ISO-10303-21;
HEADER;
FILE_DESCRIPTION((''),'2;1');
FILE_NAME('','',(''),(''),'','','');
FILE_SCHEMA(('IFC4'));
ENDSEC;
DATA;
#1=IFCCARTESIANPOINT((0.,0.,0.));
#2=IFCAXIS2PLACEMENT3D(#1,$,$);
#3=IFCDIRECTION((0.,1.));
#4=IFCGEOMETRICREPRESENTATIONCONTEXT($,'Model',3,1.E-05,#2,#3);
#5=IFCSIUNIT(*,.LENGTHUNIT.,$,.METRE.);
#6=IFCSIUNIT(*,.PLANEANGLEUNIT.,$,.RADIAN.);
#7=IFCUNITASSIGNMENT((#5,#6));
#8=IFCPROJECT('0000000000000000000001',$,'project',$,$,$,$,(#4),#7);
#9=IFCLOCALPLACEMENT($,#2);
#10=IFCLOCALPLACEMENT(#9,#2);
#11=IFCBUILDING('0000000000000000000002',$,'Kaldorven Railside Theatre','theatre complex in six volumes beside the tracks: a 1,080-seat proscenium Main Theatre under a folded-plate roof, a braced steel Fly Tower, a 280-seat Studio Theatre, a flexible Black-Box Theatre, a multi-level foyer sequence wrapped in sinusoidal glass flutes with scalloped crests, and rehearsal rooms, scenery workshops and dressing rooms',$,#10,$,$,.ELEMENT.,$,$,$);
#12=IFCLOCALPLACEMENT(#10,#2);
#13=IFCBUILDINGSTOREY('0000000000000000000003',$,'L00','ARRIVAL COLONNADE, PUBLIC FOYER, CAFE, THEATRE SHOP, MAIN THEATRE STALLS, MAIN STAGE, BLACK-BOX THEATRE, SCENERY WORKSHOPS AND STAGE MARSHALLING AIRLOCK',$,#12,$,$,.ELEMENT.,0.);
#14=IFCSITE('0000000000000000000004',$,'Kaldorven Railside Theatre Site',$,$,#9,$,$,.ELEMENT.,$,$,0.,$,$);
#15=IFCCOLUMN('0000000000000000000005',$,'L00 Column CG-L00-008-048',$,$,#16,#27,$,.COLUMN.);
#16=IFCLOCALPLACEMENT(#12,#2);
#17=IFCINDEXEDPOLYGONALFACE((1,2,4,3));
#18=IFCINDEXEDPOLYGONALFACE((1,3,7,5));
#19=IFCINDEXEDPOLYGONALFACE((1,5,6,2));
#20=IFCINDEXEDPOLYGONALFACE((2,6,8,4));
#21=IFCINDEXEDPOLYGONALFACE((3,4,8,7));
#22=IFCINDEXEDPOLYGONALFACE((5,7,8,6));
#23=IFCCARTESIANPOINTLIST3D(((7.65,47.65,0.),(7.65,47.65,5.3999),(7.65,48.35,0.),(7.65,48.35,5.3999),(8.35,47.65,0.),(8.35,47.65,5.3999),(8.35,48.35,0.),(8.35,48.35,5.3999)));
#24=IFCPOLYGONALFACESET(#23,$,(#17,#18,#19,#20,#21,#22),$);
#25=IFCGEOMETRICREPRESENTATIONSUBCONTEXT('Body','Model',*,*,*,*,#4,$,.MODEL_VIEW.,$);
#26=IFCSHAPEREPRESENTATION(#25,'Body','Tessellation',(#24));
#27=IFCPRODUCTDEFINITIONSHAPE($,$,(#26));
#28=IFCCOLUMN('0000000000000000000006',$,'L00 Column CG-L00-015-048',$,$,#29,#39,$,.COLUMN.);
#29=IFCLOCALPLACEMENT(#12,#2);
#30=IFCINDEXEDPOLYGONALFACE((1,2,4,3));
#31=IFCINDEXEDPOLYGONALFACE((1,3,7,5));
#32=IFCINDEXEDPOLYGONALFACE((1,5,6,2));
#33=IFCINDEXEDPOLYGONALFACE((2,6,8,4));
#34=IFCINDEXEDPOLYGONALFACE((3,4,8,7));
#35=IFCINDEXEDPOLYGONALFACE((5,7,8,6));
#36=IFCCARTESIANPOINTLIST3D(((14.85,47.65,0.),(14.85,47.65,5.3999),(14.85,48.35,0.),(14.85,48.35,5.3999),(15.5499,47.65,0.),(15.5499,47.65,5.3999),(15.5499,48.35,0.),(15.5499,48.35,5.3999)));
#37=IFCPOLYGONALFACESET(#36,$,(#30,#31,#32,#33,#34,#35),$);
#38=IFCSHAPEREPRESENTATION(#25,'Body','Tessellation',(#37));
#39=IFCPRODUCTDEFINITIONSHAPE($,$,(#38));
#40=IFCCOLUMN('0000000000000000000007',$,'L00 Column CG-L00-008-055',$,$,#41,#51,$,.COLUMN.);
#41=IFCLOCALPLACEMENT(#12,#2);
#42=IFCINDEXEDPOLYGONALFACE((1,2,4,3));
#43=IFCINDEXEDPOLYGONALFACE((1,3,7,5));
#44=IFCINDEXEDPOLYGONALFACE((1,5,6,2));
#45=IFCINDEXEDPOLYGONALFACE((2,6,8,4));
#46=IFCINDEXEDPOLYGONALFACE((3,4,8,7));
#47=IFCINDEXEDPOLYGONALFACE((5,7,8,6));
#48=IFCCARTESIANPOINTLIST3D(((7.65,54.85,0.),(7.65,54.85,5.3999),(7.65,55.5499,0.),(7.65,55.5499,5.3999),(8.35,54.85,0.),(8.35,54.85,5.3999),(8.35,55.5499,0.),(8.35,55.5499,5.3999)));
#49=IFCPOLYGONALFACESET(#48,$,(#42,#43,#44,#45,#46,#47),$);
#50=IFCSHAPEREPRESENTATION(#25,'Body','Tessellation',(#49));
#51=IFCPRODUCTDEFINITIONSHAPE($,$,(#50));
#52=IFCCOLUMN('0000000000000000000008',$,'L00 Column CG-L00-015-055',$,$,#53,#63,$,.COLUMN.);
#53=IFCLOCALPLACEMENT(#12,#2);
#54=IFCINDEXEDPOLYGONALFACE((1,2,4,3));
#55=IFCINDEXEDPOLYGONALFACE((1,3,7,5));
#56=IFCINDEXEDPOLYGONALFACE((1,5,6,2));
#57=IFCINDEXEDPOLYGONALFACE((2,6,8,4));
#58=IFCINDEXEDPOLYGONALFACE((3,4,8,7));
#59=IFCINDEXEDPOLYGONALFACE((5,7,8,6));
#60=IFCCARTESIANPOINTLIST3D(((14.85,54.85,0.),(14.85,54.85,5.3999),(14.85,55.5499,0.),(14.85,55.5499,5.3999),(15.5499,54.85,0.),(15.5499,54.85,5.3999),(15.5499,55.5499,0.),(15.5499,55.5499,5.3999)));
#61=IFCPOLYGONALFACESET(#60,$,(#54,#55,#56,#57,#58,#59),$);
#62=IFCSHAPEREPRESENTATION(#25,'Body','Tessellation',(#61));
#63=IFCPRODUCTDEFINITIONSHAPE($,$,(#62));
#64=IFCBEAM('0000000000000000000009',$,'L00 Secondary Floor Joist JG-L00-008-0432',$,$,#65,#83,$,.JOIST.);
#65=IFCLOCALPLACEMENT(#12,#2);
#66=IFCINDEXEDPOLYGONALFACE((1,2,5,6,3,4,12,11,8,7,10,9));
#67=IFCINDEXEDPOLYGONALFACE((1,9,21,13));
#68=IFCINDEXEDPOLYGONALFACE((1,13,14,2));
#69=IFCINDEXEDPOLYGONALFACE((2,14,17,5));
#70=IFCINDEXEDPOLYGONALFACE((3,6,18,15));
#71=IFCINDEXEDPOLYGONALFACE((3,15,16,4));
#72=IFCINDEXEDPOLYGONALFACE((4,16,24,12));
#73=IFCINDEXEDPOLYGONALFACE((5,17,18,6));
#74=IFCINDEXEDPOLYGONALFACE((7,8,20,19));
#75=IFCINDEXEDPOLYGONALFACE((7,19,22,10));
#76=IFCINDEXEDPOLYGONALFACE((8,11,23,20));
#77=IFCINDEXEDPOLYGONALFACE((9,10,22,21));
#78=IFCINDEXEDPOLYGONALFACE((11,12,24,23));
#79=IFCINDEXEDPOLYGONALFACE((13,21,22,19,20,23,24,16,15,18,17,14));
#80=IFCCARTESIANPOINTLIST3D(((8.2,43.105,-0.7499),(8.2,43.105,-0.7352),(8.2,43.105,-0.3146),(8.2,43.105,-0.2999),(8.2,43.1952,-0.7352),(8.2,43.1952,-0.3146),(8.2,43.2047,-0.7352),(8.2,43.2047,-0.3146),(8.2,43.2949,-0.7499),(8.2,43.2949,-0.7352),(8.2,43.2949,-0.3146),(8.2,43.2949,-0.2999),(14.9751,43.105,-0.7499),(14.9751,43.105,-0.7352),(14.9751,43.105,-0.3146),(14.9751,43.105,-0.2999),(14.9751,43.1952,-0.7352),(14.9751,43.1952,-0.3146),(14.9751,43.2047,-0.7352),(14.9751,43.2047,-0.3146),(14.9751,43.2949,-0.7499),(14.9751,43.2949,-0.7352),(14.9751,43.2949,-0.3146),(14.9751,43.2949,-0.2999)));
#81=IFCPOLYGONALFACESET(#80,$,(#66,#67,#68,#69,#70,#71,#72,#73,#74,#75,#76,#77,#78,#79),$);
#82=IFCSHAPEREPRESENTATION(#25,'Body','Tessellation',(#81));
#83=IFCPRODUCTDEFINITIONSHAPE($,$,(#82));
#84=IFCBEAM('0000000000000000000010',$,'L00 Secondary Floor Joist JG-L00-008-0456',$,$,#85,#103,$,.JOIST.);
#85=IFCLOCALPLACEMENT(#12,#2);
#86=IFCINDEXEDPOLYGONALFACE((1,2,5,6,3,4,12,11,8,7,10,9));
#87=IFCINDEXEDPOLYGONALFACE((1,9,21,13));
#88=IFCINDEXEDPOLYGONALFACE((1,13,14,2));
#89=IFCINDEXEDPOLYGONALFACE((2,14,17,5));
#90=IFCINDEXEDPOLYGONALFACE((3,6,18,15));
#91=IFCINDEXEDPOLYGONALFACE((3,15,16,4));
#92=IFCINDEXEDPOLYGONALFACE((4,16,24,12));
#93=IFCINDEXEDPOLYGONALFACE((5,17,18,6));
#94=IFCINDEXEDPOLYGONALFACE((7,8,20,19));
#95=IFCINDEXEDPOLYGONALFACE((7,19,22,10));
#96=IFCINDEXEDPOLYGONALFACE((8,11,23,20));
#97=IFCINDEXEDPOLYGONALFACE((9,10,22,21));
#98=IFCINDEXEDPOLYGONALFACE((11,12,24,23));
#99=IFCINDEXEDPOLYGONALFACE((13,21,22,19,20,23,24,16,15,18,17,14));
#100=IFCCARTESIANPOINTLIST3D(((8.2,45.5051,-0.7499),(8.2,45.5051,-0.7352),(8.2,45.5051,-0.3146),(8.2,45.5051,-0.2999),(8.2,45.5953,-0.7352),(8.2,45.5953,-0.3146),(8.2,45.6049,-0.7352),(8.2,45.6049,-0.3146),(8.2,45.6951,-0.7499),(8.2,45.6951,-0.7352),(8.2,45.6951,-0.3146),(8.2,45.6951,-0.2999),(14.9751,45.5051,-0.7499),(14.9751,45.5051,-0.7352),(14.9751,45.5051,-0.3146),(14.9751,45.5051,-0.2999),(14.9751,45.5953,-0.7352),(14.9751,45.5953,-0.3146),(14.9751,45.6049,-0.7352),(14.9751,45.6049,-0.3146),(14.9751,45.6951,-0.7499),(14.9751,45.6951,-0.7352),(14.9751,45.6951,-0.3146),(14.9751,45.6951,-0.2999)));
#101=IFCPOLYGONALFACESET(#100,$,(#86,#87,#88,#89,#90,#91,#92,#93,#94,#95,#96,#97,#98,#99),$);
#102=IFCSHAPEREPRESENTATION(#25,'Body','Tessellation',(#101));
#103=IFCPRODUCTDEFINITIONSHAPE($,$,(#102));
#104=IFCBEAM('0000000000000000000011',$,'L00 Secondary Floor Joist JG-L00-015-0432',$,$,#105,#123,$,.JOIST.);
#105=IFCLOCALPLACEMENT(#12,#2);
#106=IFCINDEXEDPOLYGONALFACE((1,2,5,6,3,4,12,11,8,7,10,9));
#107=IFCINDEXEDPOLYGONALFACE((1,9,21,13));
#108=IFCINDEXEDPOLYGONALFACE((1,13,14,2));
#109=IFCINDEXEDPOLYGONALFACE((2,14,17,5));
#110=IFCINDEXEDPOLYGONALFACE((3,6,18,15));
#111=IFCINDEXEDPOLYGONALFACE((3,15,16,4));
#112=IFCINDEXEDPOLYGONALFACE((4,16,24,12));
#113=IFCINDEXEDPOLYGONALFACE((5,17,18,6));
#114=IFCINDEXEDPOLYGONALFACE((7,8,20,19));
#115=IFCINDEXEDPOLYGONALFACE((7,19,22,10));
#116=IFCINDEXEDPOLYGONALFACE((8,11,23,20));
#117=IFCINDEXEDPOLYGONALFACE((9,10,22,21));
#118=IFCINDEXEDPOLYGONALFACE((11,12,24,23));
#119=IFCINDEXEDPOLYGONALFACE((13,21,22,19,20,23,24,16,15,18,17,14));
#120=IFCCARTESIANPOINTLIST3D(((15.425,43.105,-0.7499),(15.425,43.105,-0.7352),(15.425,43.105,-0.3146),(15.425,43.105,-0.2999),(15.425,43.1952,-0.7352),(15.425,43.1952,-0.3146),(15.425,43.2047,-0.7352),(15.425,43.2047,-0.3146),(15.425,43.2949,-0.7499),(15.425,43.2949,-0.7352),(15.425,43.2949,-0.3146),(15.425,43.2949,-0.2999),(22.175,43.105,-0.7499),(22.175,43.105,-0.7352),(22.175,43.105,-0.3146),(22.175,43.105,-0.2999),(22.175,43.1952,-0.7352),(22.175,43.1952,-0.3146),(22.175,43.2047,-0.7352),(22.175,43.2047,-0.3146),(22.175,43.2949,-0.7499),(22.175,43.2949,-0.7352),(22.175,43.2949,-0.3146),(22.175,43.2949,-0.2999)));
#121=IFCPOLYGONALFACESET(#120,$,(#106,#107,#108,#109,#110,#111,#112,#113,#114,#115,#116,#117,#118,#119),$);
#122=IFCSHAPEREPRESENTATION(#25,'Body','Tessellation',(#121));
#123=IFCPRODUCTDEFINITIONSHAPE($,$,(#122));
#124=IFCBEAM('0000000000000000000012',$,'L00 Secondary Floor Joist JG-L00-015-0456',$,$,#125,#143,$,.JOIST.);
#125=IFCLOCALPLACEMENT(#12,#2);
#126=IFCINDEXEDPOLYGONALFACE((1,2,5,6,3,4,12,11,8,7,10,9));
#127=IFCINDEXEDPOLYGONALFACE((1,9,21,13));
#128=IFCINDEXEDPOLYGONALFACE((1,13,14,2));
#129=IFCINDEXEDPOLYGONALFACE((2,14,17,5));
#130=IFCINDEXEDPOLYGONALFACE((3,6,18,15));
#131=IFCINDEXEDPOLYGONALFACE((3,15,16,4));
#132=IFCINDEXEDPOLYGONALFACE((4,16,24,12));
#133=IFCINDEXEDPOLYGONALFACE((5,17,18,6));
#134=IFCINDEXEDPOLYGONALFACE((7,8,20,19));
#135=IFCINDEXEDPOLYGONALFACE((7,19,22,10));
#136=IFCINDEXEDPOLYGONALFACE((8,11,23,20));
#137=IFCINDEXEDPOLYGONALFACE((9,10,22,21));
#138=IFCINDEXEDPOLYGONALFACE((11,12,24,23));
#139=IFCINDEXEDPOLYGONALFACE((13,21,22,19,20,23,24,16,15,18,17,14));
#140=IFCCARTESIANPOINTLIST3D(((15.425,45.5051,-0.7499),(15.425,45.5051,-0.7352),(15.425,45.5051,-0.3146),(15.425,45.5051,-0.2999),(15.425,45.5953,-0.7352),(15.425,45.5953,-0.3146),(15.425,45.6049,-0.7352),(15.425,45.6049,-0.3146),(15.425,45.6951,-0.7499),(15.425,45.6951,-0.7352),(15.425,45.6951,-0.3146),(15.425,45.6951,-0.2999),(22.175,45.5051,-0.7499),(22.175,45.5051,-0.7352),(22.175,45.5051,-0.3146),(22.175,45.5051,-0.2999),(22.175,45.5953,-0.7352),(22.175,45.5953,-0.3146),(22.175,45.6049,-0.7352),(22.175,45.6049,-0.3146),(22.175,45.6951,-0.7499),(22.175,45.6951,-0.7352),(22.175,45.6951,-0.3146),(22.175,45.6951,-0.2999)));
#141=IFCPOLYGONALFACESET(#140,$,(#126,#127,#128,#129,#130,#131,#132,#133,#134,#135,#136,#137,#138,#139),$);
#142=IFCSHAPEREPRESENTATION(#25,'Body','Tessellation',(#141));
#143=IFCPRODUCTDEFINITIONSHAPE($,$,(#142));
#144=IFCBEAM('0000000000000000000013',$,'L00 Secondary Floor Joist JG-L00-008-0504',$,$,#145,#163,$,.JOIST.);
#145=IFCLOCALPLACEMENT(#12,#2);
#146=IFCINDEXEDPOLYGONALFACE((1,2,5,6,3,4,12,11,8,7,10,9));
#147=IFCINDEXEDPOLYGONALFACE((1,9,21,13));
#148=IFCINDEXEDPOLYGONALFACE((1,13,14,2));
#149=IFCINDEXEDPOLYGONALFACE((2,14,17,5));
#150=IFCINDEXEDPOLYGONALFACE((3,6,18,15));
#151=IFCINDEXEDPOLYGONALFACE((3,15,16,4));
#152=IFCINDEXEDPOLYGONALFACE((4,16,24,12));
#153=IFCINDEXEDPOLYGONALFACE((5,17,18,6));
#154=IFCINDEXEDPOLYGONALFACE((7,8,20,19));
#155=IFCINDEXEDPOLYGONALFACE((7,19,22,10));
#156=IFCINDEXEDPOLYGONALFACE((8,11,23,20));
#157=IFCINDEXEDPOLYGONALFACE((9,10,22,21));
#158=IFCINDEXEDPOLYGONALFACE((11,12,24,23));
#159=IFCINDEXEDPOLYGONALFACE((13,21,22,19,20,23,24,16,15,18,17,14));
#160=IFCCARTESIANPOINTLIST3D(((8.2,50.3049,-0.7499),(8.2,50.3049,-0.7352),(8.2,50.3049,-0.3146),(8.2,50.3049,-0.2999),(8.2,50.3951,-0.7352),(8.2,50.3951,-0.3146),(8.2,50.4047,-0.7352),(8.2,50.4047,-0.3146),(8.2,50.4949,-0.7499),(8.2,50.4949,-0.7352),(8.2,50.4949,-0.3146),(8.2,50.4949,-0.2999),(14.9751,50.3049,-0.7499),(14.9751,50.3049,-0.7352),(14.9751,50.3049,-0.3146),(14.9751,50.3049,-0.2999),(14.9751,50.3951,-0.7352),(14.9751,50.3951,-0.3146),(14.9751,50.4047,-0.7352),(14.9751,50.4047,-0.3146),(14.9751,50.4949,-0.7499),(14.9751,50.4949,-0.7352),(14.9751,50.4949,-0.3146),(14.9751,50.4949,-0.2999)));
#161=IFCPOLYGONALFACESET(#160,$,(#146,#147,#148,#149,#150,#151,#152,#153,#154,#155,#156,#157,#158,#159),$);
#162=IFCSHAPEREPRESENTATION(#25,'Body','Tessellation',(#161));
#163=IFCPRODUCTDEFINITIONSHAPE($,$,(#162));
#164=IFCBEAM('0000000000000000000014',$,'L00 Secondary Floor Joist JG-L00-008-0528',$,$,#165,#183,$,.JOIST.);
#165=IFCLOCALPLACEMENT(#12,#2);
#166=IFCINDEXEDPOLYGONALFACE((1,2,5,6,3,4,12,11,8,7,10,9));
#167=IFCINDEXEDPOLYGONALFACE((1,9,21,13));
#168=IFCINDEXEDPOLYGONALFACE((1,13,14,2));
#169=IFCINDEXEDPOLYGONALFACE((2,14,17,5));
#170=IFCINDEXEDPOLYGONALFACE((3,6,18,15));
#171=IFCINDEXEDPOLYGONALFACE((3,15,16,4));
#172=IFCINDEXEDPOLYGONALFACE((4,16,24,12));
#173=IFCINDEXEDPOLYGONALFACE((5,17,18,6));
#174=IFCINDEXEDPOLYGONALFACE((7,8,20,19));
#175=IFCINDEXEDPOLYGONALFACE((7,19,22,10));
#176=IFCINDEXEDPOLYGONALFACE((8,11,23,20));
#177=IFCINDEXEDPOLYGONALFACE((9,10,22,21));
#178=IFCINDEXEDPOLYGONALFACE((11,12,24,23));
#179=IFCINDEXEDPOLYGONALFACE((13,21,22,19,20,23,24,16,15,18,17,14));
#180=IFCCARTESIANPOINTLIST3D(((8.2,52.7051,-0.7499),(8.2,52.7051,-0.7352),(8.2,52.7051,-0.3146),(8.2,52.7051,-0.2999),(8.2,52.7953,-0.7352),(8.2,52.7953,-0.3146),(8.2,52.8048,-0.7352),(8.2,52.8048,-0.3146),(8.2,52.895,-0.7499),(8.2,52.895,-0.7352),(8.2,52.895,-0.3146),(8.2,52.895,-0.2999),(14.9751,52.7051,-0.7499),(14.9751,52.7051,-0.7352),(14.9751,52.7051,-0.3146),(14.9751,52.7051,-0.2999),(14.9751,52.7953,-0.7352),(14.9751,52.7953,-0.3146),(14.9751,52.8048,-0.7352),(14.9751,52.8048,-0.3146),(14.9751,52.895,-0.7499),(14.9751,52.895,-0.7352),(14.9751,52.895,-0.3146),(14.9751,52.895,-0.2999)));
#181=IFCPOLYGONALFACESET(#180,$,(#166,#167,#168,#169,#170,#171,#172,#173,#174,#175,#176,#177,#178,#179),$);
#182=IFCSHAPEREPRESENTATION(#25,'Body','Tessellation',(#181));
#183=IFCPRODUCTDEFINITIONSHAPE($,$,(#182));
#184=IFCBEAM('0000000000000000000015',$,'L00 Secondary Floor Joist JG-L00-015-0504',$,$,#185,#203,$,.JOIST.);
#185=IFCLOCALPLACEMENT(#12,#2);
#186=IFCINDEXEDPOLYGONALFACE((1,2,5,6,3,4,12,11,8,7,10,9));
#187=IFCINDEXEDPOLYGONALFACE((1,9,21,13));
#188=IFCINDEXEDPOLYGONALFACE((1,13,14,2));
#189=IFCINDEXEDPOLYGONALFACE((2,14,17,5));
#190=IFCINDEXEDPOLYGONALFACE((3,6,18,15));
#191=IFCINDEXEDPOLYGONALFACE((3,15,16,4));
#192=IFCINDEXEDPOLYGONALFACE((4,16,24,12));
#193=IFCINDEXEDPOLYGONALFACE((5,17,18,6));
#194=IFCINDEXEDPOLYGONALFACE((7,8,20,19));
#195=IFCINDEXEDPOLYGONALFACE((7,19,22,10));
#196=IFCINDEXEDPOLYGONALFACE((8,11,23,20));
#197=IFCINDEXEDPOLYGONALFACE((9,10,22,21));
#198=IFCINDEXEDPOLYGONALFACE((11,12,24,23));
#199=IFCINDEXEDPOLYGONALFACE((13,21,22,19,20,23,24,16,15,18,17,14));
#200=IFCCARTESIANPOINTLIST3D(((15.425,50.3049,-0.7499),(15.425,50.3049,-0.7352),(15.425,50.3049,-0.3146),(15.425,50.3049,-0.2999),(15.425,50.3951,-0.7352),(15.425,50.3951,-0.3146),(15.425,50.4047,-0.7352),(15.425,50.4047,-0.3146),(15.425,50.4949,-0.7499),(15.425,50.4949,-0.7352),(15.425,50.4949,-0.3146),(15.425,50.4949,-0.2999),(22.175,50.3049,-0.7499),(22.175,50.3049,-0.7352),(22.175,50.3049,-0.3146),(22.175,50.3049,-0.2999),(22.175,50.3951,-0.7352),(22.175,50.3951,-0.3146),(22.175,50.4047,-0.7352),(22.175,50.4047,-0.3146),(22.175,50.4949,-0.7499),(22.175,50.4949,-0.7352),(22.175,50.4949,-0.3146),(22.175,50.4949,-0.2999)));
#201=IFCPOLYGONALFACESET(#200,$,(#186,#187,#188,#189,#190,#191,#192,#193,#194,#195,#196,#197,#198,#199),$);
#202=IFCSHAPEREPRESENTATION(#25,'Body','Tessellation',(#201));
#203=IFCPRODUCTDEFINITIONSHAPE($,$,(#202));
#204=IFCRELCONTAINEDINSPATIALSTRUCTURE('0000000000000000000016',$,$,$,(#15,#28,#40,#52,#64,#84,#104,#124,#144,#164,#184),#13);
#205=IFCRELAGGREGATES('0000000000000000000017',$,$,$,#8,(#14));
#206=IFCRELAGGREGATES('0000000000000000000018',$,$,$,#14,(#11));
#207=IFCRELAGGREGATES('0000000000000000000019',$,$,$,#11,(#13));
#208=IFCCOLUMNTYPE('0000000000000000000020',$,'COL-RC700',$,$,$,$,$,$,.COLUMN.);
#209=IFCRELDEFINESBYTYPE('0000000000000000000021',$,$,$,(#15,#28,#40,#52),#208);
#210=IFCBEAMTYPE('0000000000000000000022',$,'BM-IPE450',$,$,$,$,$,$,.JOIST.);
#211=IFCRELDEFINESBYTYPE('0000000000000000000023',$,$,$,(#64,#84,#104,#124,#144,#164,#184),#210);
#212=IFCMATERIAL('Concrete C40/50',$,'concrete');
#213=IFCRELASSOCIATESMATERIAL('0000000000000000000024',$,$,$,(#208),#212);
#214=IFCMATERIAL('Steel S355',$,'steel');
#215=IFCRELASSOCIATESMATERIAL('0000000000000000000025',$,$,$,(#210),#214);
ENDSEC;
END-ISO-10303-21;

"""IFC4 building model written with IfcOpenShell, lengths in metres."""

from ifc_helpers import new_model, si_unit, direction, frame, origin, origin_2d, place, context, subcontext, project, spatial, rectangle, i_section, extrude, material, material_profile, profile_set, type_object, element, save


model = new_model("IFC4")

# Units and contexts
model_context = context("Model", 3, precision=1e-05, world=origin(), true_north=direction((0.0, 1.0)))
body_context = subcontext(model_context, "Body", "Model", "MODEL_VIEW")
ifc_project = project(units=[si_unit("LENGTHUNIT", "METRE"), si_unit("PLANEANGLEUNIT", "RADIAN")], contexts=[model_context])

# Site, building, storey
site_placement = place(None, origin())
site = spatial("IfcSite", under=ifc_project, at=site_placement, Name="Kaldorven Railside Theatre Site", CompositionType="ELEMENT", RefElevation=0.0)
building_placement = place(site_placement, origin())
building = spatial("IfcBuilding", under=site, at=building_placement, Name="Kaldorven Railside Theatre", Description="theatre complex in six volumes beside the tracks: a 1,080-seat proscenium Main Theatre under a folded-plate roof, a braced steel Fly Tower, a 280-seat Studio Theatre, a flexible Black-Box Theatre, a multi-level foyer sequence wrapped in sinusoidal glass flutes with scalloped crests, and rehearsal rooms, scenery workshops and dressing rooms", CompositionType="ELEMENT")
storey_placement = place(building_placement, origin())
storey = spatial("IfcBuildingStorey", under=building, at=storey_placement, Name="L00", Description="ARRIVAL COLONNADE, PUBLIC FOYER, CAFE, THEATRE SHOP, MAIN THEATRE STALLS, MAIN STAGE, BLACK-BOX THEATRE, SCENERY WORKSHOPS AND STAGE MARSHALLING AIRLOCK", CompositionType="ELEMENT", Elevation=0.0)

# Columns
ifc_material_1 = material(Name="Concrete C40/50", Category="concrete")
ifc_material_profile_1 = material_profile(ifc_material_1, rectangle(XDim=0.7, YDim=0.7, at=origin_2d()), Name="RC 700x700")
ifc_profile_set_1 = profile_set([ifc_material_profile_1], Name="Concrete C40/50")
column_type = type_object("IfcColumnType", Name="COL-RC700", PredefinedType="COLUMN", material=ifc_profile_set_1)
for number, where, z_axis, x_axis, name in (
    (1, (8.0, 48.0, 0.0), (0.0, 0.0, 1.0), (1.0, 0.0, 0.0), "L00 Column CG-L00-008-048"),
    (2, (15.2, 48.0, 0.0), (0.0, 0.0, 1.0), (0.0, 1.0, 0.0), "L00 Column CG-L00-015-048"),
    (3, (8.0, 55.2, 0.0), (0.0, 0.0, 1.0), (0.0, 1.0, 0.0), "L00 Column CG-L00-008-055"),
    (4, (15.2, 55.2, 0.0), (0.0, 0.0, 1.0), (1.0, 0.0, 0.0), "L00 Column CG-L00-015-055"),
):
    element("IfcColumn", number, at=place(storey_placement, frame(where, z_axis=z_axis, x_axis=x_axis)), inside=storey, type_object=column_type, Name=name, PredefinedType="COLUMN", context=body_context, shape_type="SweptSolid", body=[
        extrude(rectangle(XDim=0.7, YDim=0.7, at=origin_2d()), origin(), (0.0, 0.0, 1.0), 5.3999),
    ])

# Beams
ifc_material_2 = material(Name="Steel S355", Category="steel")
ifc_material_profile_2 = material_profile(ifc_material_2, i_section(OverallWidth=0.1899, OverallDepth=0.45, WebThickness=0.0095, FlangeThickness=0.0146, at=origin_2d()), Name="IPE 450")
ifc_profile_set_2 = profile_set([ifc_material_profile_2], Name="Steel S355")
beam_type_1 = type_object("IfcBeamType", Name="BM-IPE450", PredefinedType="JOIST", material=ifc_profile_set_2)
for number, where, z_axis, x_axis, name in (
    (5, (8.2, 43.2, -0.5249), (1.0, 0.0, 0.0), (0.0, 1.0, 0.0), "L00 Secondary Floor Joist JG-L00-008-0432"),
    (6, (8.2, 45.6001, -0.5249), (1.0, 0.0, 0.0), (0.0, 1.0, 0.0), "L00 Secondary Floor Joist JG-L00-008-0456"),
):
    element("IfcBeam", number, at=place(storey_placement, frame(where, z_axis=z_axis, x_axis=x_axis)), inside=storey, type_object=beam_type_1, Name=name, PredefinedType="JOIST", context=body_context, shape_type="SweptSolid", body=[
        extrude(i_section(OverallWidth=0.1899, OverallDepth=0.45, WebThickness=0.0095, FlangeThickness=0.0146, at=origin_2d()), origin(), (0.0, 0.0, 1.0), 6.7751),
    ])
for number, where, z_axis, x_axis, name in (
    (7, (15.425, 43.2, -0.5249), (1.0, 0.0, 0.0), (0.0, 1.0, 0.0), "L00 Secondary Floor Joist JG-L00-015-0432"),
    (8, (15.425, 45.6001, -0.5249), (1.0, 0.0, 0.0), (0.0, 1.0, 0.0), "L00 Secondary Floor Joist JG-L00-015-0456"),
):
    element("IfcBeam", number, at=place(storey_placement, frame(where, z_axis=z_axis, x_axis=x_axis)), inside=storey, type_object=beam_type_1, Name=name, PredefinedType="JOIST", context=body_context, shape_type="SweptSolid", body=[
        extrude(i_section(OverallWidth=0.1899, OverallDepth=0.45, WebThickness=0.0095, FlangeThickness=0.0146, at=origin_2d()), origin(), (0.0, 0.0, 1.0), 6.75),
    ])
for number, where, z_axis, x_axis, name in (
    (9, (8.2, 50.3999, -0.5249), (1.0, 0.0, 0.0), (0.0, 1.0, 0.0), "L00 Secondary Floor Joist JG-L00-008-0504"),
    (10, (8.2, 52.8, -0.5249), (1.0, 0.0, 0.0), (0.0, 1.0, 0.0), "L00 Secondary Floor Joist JG-L00-008-0528"),
):
    element("IfcBeam", number, at=place(storey_placement, frame(where, z_axis=z_axis, x_axis=x_axis)), inside=storey, type_object=beam_type_1, Name=name, PredefinedType="JOIST", context=body_context, shape_type="SweptSolid", body=[
        extrude(i_section(OverallWidth=0.1899, OverallDepth=0.45, WebThickness=0.0095, FlangeThickness=0.0146, at=origin_2d()), origin(), (0.0, 0.0, 1.0), 6.7751),
    ])
for number, where, z_axis, x_axis, name in (
    (11, (15.425, 50.3999, -0.5249), (1.0, 0.0, 0.0), (0.0, 1.0, 0.0), "L00 Secondary Floor Joist JG-L00-015-0504"),
):
    element("IfcBeam", number, at=place(storey_placement, frame(where, z_axis=z_axis, x_axis=x_axis)), inside=storey, type_object=beam_type_1, Name=name, PredefinedType="JOIST", context=body_context, shape_type="SweptSolid", body=[
        extrude(i_section(OverallWidth=0.1899, OverallDepth=0.45, WebThickness=0.0095, FlangeThickness=0.0146, at=origin_2d()), origin(), (0.0, 0.0, 1.0), 6.75),
    ])

save(model, "model.ifc")
